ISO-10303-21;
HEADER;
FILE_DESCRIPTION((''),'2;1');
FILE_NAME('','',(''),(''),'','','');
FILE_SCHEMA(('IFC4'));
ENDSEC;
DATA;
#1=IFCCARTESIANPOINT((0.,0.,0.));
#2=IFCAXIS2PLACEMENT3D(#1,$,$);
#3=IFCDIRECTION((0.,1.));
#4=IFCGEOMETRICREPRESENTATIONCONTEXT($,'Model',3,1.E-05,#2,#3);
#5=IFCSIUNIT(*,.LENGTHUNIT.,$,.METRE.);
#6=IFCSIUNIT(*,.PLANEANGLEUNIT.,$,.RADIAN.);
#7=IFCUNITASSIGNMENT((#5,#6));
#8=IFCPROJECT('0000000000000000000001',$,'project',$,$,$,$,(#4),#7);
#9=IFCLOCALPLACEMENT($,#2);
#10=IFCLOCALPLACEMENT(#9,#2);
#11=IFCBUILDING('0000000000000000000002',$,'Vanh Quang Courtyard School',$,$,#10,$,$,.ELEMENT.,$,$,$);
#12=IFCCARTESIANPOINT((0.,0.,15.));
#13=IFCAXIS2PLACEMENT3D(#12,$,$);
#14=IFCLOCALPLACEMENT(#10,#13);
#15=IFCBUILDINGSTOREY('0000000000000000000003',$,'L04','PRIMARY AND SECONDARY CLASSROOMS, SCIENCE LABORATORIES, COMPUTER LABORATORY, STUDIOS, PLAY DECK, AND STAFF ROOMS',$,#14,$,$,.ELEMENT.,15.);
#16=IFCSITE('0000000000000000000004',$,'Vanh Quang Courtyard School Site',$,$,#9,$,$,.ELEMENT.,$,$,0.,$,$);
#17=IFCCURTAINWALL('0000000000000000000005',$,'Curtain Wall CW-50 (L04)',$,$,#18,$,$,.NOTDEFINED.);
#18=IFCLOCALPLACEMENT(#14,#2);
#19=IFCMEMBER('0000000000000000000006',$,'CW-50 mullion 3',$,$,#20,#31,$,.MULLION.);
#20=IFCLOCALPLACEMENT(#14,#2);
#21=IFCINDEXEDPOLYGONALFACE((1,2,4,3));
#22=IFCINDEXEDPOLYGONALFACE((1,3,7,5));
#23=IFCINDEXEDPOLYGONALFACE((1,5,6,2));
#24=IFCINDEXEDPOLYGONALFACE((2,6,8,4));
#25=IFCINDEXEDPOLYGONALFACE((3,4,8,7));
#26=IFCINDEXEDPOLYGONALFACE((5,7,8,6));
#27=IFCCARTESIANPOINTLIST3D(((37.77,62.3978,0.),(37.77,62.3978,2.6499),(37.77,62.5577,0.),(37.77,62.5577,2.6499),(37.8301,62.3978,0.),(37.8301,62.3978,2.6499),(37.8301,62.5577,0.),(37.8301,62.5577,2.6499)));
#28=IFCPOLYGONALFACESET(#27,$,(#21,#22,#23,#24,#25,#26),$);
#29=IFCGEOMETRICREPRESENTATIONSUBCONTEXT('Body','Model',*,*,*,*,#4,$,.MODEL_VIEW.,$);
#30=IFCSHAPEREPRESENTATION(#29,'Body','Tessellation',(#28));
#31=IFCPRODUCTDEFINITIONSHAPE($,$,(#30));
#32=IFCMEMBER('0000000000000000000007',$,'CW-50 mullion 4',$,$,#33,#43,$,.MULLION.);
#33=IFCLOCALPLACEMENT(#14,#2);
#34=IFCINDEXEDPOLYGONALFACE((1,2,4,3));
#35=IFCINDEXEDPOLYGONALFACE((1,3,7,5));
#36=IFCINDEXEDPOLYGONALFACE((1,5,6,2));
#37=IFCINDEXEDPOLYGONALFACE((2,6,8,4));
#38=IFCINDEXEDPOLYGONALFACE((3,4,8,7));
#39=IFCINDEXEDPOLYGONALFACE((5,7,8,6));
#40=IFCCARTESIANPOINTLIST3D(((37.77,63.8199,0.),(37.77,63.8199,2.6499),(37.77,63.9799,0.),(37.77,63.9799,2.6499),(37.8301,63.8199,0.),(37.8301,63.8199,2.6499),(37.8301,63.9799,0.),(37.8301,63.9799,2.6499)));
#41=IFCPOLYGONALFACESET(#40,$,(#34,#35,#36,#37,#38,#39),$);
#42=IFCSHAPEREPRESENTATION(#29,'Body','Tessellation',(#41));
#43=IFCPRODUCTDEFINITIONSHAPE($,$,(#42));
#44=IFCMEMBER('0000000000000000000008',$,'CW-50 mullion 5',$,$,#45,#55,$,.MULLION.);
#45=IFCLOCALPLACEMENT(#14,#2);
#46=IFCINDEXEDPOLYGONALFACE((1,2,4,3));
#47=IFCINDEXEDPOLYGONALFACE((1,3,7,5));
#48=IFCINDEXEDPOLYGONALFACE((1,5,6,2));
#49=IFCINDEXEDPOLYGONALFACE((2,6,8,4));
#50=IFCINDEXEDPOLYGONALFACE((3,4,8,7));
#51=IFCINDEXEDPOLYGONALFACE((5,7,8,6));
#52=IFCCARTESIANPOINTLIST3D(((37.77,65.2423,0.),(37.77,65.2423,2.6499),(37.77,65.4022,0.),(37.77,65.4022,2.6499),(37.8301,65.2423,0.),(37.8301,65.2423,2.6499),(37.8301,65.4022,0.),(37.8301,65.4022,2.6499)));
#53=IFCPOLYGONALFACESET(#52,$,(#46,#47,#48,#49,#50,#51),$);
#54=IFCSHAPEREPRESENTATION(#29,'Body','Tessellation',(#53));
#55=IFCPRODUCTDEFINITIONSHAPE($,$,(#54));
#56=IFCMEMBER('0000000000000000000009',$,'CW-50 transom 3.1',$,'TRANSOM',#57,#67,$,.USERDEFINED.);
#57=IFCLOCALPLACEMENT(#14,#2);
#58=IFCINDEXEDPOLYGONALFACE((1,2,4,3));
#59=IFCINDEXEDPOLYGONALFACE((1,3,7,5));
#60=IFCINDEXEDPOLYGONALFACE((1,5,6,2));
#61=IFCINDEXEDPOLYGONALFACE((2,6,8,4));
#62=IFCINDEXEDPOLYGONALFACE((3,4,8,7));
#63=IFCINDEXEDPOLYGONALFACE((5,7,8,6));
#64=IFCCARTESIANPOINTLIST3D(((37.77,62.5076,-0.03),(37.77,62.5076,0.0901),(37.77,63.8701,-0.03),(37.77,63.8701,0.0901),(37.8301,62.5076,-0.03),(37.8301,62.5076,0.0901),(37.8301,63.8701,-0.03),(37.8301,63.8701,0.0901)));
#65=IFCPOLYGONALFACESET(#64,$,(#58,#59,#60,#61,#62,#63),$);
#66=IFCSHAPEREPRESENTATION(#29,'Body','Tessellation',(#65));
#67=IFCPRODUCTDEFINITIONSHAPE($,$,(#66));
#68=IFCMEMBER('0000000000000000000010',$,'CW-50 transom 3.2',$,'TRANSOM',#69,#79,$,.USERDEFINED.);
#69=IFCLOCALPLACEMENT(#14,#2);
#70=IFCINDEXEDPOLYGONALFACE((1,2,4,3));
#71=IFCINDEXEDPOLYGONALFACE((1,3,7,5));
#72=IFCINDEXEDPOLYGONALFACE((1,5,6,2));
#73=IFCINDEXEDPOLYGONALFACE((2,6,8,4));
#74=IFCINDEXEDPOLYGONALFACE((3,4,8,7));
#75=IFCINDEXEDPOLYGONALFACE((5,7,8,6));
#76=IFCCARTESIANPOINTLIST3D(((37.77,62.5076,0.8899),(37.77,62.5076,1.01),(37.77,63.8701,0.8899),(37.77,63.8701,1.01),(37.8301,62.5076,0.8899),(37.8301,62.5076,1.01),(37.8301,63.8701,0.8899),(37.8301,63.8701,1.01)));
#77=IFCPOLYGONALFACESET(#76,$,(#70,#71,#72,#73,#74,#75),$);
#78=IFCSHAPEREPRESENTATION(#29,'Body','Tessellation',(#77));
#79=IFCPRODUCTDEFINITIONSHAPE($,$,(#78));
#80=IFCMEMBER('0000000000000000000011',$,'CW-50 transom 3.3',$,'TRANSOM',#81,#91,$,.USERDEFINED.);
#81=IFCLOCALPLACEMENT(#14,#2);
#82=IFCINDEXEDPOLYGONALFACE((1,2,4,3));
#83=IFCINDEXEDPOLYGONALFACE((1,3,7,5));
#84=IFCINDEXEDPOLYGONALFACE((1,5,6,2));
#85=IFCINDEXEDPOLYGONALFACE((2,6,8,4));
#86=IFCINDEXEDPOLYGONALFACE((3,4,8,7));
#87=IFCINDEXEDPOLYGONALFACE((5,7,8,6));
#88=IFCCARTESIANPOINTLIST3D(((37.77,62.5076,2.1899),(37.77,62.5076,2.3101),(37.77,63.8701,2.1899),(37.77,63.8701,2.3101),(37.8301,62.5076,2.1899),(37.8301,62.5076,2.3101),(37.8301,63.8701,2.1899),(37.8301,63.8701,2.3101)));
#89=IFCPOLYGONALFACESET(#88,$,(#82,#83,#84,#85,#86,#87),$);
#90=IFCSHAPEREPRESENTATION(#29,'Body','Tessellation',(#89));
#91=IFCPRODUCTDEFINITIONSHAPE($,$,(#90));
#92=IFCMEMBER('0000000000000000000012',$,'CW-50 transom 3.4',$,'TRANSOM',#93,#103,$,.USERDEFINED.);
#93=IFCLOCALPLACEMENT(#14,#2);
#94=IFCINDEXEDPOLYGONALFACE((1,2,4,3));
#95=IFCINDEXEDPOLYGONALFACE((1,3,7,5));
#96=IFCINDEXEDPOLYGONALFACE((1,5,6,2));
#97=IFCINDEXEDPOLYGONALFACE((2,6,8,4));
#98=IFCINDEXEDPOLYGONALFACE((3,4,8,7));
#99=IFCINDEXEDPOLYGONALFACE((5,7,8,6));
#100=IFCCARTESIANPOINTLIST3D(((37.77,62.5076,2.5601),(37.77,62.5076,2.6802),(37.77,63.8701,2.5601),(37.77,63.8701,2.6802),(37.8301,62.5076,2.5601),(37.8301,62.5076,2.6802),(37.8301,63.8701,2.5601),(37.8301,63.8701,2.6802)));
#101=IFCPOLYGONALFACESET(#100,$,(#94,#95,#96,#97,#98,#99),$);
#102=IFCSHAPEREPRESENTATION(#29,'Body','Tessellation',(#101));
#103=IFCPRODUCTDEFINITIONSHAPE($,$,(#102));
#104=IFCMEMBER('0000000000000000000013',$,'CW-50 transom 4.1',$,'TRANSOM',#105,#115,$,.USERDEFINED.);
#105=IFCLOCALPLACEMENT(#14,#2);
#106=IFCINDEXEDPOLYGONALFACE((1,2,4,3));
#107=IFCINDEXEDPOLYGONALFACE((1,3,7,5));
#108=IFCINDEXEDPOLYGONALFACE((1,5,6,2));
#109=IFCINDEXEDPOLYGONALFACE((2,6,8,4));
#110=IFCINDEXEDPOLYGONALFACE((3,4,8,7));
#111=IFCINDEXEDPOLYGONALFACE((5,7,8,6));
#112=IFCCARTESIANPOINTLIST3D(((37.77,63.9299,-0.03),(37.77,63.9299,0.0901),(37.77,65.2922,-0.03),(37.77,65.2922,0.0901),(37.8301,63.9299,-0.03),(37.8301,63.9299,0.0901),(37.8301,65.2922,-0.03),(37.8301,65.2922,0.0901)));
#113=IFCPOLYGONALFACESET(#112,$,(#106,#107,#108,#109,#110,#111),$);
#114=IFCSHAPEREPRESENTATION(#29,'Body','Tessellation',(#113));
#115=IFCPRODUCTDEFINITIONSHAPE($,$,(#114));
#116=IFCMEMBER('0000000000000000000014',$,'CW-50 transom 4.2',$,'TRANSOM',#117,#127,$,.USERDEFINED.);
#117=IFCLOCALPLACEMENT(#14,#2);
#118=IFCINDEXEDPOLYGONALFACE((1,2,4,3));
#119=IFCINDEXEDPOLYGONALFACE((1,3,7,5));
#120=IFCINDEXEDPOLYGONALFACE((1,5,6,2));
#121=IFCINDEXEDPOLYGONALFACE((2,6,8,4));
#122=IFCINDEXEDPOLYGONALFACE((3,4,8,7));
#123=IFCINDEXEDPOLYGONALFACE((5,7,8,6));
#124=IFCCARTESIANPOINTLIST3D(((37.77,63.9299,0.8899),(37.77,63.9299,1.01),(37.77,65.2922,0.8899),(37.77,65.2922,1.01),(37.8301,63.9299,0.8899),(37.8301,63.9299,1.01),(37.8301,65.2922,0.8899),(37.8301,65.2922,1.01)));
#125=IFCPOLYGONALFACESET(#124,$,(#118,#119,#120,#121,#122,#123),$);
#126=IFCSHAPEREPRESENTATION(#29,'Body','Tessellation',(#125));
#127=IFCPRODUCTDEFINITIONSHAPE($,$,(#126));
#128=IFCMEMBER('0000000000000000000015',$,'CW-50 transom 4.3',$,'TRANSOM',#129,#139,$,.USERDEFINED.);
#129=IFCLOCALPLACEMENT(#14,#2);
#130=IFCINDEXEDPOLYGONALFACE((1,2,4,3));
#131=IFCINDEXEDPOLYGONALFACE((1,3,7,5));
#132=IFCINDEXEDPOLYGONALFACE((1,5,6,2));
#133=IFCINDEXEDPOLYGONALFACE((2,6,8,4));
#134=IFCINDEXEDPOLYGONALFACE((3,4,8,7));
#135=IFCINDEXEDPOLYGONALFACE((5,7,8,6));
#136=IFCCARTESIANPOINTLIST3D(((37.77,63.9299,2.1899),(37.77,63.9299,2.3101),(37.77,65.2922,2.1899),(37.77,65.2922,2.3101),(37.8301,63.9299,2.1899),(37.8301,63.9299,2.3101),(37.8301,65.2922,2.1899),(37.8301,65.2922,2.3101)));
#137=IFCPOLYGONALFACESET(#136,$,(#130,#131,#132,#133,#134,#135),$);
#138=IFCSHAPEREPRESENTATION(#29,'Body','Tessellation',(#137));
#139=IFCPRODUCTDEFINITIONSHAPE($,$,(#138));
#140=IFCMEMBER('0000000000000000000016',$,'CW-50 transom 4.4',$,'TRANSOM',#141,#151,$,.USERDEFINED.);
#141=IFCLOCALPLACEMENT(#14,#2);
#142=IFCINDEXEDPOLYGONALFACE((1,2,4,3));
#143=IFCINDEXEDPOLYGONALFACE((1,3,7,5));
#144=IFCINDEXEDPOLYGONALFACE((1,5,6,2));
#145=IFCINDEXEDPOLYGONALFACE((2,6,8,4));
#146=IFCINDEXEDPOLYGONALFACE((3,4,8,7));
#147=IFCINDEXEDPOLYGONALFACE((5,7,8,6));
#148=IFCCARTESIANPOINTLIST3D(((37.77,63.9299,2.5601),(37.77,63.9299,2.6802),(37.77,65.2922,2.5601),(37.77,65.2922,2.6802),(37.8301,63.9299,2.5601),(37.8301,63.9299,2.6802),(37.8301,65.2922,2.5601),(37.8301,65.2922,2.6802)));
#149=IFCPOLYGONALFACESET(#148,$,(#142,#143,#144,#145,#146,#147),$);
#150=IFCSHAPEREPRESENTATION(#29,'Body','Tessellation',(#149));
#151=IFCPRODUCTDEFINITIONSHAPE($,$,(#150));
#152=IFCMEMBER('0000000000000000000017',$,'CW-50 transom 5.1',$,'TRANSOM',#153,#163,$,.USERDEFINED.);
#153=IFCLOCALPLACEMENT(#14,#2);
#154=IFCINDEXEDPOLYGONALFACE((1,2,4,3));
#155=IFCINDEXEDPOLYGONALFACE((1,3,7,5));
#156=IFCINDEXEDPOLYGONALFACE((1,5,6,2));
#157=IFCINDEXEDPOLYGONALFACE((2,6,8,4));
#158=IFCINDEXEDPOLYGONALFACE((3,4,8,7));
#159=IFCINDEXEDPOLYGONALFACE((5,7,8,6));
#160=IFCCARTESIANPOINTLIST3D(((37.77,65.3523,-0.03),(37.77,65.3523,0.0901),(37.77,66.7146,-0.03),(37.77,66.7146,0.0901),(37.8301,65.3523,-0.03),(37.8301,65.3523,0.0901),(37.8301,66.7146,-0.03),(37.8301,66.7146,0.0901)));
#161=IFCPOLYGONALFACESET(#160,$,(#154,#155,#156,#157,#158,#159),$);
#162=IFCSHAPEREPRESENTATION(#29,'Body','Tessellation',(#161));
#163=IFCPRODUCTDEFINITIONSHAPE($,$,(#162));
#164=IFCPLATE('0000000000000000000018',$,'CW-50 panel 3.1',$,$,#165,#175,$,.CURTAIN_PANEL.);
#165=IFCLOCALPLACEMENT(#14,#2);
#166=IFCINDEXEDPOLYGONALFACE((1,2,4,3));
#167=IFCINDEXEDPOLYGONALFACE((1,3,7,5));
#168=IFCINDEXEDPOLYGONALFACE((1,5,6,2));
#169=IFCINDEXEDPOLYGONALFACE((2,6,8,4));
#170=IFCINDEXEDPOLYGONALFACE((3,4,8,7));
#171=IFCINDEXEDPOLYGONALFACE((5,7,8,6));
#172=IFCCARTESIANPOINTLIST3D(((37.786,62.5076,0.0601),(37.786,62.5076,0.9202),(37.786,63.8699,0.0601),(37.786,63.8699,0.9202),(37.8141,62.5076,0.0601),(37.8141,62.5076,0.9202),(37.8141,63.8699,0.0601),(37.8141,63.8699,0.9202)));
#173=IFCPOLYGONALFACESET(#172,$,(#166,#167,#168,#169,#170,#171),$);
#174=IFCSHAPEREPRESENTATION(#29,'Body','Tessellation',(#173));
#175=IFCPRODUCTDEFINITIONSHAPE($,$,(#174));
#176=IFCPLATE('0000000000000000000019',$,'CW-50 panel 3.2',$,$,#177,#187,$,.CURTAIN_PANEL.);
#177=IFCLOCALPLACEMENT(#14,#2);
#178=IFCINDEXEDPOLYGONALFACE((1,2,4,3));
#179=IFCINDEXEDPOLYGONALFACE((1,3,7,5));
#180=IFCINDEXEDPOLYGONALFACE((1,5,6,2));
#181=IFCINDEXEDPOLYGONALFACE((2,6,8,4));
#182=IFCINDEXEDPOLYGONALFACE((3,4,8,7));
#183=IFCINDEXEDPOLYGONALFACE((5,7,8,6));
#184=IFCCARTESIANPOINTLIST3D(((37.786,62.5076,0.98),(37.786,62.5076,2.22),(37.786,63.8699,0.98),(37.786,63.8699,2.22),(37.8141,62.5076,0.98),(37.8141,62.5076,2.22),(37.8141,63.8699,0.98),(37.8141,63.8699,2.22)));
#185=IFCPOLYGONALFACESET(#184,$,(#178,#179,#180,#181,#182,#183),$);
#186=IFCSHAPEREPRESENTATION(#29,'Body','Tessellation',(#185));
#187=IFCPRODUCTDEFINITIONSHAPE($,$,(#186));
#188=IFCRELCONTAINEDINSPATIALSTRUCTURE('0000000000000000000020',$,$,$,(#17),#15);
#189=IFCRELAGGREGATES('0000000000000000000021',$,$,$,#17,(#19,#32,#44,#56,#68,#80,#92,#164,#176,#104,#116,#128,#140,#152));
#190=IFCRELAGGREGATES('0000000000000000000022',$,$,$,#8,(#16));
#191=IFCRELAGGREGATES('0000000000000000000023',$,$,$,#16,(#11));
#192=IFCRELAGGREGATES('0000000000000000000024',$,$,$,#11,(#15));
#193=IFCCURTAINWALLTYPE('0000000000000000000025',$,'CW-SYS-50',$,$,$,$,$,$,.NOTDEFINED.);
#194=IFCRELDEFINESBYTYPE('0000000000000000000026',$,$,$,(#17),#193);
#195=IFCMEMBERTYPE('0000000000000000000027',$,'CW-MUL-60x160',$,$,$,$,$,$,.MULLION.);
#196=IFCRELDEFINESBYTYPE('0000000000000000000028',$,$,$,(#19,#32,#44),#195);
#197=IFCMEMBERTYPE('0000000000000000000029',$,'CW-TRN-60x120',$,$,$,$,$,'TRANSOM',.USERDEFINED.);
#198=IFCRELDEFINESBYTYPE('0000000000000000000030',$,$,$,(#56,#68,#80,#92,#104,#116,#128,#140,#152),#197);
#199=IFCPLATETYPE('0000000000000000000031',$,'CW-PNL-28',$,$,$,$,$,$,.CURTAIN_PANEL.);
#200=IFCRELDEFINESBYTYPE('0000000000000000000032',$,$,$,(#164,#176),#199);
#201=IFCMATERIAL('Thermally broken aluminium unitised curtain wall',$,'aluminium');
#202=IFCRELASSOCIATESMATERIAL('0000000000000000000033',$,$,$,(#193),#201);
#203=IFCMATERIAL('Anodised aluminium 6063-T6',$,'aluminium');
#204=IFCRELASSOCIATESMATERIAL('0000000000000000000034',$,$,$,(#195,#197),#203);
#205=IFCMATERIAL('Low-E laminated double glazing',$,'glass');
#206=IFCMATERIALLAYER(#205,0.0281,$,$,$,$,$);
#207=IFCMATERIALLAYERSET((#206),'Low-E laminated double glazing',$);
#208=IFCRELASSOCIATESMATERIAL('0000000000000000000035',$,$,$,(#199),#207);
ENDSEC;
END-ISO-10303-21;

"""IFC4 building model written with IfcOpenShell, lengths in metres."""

from ifc_helpers import new_model, si_unit, direction, frame, origin, origin_2d, place, context, subcontext, project, spatial, rectangle, extrude, material, layer, layer_set, material_profile, profile_set, type_object, element, aggregate, save


model = new_model("IFC4")

# Units and contexts
model_context = context("Model", 3, precision=1e-05, world=origin(), true_north=direction((0.0, 1.0)))
body_context = subcontext(model_context, "Body", "Model", "MODEL_VIEW")
ifc_project = project(units=[si_unit("LENGTHUNIT", "METRE"), si_unit("PLANEANGLEUNIT", "RADIAN")], contexts=[model_context])

# Site, building, storey
site_placement = place(None, origin())
site = spatial("IfcSite", under=ifc_project, at=site_placement, Name="Vanh Quang Courtyard School Site", CompositionType="ELEMENT", RefElevation=0.0)
building_placement = place(site_placement, origin())
building = spatial("IfcBuilding", under=site, at=building_placement, Name="Vanh Quang Courtyard School", CompositionType="ELEMENT")
storey_placement = place(building_placement, frame((0.0, 0.0, 15.0)))
storey = spatial("IfcBuildingStorey", under=building, at=storey_placement, Name="L04", Description="PRIMARY AND SECONDARY CLASSROOMS, SCIENCE LABORATORIES, COMPUTER LABORATORY, STUDIOS, PLAY DECK, AND STAFF ROOMS", CompositionType="ELEMENT", Elevation=15.0)

# Curtain wall, members, plates
ifc_material_1 = material(Name="Thermally broken aluminium unitised curtain wall", Category="aluminium")
curtain_wall_type = type_object("IfcCurtainWallType", Name="CW-SYS-50", PredefinedType="NOTDEFINED", material=ifc_material_1)
curtain_wall_placement = place(storey_placement, origin())
curtain_wall = element("IfcCurtainWall", 1, at=curtain_wall_placement, inside=storey, type_object=curtain_wall_type, Name="Curtain Wall CW-50 (L04)", PredefinedType="NOTDEFINED")
ifc_material_2 = material(Name="Anodised aluminium 6063-T6", Category="aluminium")
ifc_material_profile_1 = material_profile(ifc_material_2, rectangle(XDim=0.0601, YDim=0.1599, at=origin_2d()), Name="ALU-MUL 60x160")
ifc_profile_set_1 = profile_set([ifc_material_profile_1], Name="Anodised aluminium 6063-T6")
member_type_1 = type_object("IfcMemberType", Name="CW-MUL-60x160", PredefinedType="MULLION", material=ifc_profile_set_1)
member_1_placement = place(storey_placement, frame((37.8, 62.4778, 0.0), z_axis=(0.0, 0.0, 1.0), x_axis=(-1.0, 0.0, 0.0)))
member_1 = element("IfcMember", 2, at=member_1_placement, type_object=member_type_1, Name="CW-50 mullion 3", PredefinedType="MULLION", context=body_context, shape_type="SweptSolid", body=[
    extrude(rectangle(XDim=0.0601, YDim=0.1599, at=origin_2d()), origin(), (0.0, 0.0, 1.0), 2.6499),
])
member_2_placement = place(storey_placement, frame((37.8, 63.8999, 0.0), z_axis=(0.0, 0.0, 1.0), x_axis=(-1.0, 0.0, 0.0)))
member_2 = element("IfcMember", 3, at=member_2_placement, type_object=member_type_1, Name="CW-50 mullion 4", PredefinedType="MULLION", context=body_context, shape_type="SweptSolid", body=[
    extrude(rectangle(XDim=0.0601, YDim=0.1599, at=origin_2d()), origin(), (0.0, 0.0, 1.0), 2.6499),
])
member_3_placement = place(storey_placement, frame((37.8, 65.3223, 0.0), z_axis=(0.0, 0.0, 1.0), x_axis=(-1.0, 0.0, 0.0)))
member_3 = element("IfcMember", 4, at=member_3_placement, type_object=member_type_1, Name="CW-50 mullion 5", PredefinedType="MULLION", context=body_context, shape_type="SweptSolid", body=[
    extrude(rectangle(XDim=0.0601, YDim=0.1599, at=origin_2d()), origin(), (0.0, 0.0, 1.0), 2.6499),
])
ifc_material_profile_2 = material_profile(ifc_material_2, rectangle(XDim=0.0601, YDim=0.1201, at=origin_2d()), Name="ALU-TRN 60x120")
ifc_profile_set_2 = profile_set([ifc_material_profile_2], Name="Anodised aluminium 6063-T6")
member_type_2 = type_object("IfcMemberType", Name="CW-TRN-60x120", ElementType="TRANSOM", PredefinedType="USERDEFINED", material=ifc_profile_set_2)
member_4_placement = place(storey_placement, frame((37.8, 62.5076, 0.03), z_axis=(0.0, 1.0, 0.0), x_axis=(-1.0, 0.0, 0.0)))
member_4 = element("IfcMember", 5, at=member_4_placement, type_object=member_type_2, Name="CW-50 transom 3.1", ObjectType="TRANSOM", PredefinedType="USERDEFINED", context=body_context, shape_type="SweptSolid", body=[
    extrude(rectangle(XDim=0.0601, YDim=0.1201, at=origin_2d()), origin(), (0.0, 0.0, 1.0), 1.3625),
])
member_5_placement = place(storey_placement, frame((37.8, 62.5076, 0.95), z_axis=(0.0, 1.0, 0.0), x_axis=(-1.0, 0.0, 0.0)))
member_5 = element("IfcMember", 6, at=member_5_placement, type_object=member_type_2, Name="CW-50 transom 3.2", ObjectType="TRANSOM", PredefinedType="USERDEFINED", context=body_context, shape_type="SweptSolid", body=[
    extrude(rectangle(XDim=0.0601, YDim=0.1201, at=origin_2d()), origin(), (0.0, 0.0, 1.0), 1.3625),
])
member_6_placement = place(storey_placement, frame((37.8, 62.5076, 2.25), z_axis=(0.0, 1.0, 0.0), x_axis=(-1.0, 0.0, 0.0)))
member_6 = element("IfcMember", 7, at=member_6_placement, type_object=member_type_2, Name="CW-50 transom 3.3", ObjectType="TRANSOM", PredefinedType="USERDEFINED", context=body_context, shape_type="SweptSolid", body=[
    extrude(rectangle(XDim=0.0601, YDim=0.1201, at=origin_2d()), origin(), (0.0, 0.0, 1.0), 1.3625),
])
member_7_placement = place(storey_placement, frame((37.8, 62.5076, 2.6201), z_axis=(0.0, 1.0, 0.0), x_axis=(-1.0, 0.0, 0.0)))
member_7 = element("IfcMember", 8, at=member_7_placement, type_object=member_type_2, Name="CW-50 transom 3.4", ObjectType="TRANSOM", PredefinedType="USERDEFINED", context=body_context, shape_type="SweptSolid", body=[
    extrude(rectangle(XDim=0.0601, YDim=0.1201, at=origin_2d()), origin(), (0.0, 0.0, 1.0), 1.3625),
])
member_8_placement = place(storey_placement, frame((37.8, 63.9299, 0.03), z_axis=(0.0, 1.0, 0.0), x_axis=(-1.0, 0.0, 0.0)))
member_8 = element("IfcMember", 9, at=member_8_placement, type_object=member_type_2, Name="CW-50 transom 4.1", ObjectType="TRANSOM", PredefinedType="USERDEFINED", context=body_context, shape_type="SweptSolid", body=[
    extrude(rectangle(XDim=0.0601, YDim=0.1201, at=origin_2d()), origin(), (0.0, 0.0, 1.0), 1.3623),
])
member_9_placement = place(storey_placement, frame((37.8, 63.9299, 0.95), z_axis=(0.0, 1.0, 0.0), x_axis=(-1.0, 0.0, 0.0)))
member_9 = element("IfcMember", 10, at=member_9_placement, type_object=member_type_2, Name="CW-50 transom 4.2", ObjectType="TRANSOM", PredefinedType="USERDEFINED", context=body_context, shape_type="SweptSolid", body=[
    extrude(rectangle(XDim=0.0601, YDim=0.1201, at=origin_2d()), origin(), (0.0, 0.0, 1.0), 1.3623),
])
member_10_placement = place(storey_placement, frame((37.8, 63.9299, 2.25), z_axis=(0.0, 1.0, 0.0), x_axis=(-1.0, 0.0, 0.0)))
member_10 = element("IfcMember", 11, at=member_10_placement, type_object=member_type_2, Name="CW-50 transom 4.3", ObjectType="TRANSOM", PredefinedType="USERDEFINED", context=body_context, shape_type="SweptSolid", body=[
    extrude(rectangle(XDim=0.0601, YDim=0.1201, at=origin_2d()), origin(), (0.0, 0.0, 1.0), 1.3623),
])
member_11_placement = place(storey_placement, frame((37.8, 63.9299, 2.6201), z_axis=(0.0, 1.0, 0.0), x_axis=(-1.0, 0.0, 0.0)))
member_11 = element("IfcMember", 12, at=member_11_placement, type_object=member_type_2, Name="CW-50 transom 4.4", ObjectType="TRANSOM", PredefinedType="USERDEFINED", context=body_context, shape_type="SweptSolid", body=[
    extrude(rectangle(XDim=0.0601, YDim=0.1201, at=origin_2d()), origin(), (0.0, 0.0, 1.0), 1.3623),
])
member_12_placement = place(storey_placement, frame((37.8, 65.3523, 0.03), z_axis=(0.0, 1.0, 0.0), x_axis=(-1.0, 0.0, 0.0)))
member_12 = element("IfcMember", 13, at=member_12_placement, type_object=member_type_2, Name="CW-50 transom 5.1", ObjectType="TRANSOM", PredefinedType="USERDEFINED", context=body_context, shape_type="SweptSolid", body=[
    extrude(rectangle(XDim=0.0601, YDim=0.1201, at=origin_2d()), origin(), (0.0, 0.0, 1.0), 1.3623),
])
ifc_material_3 = material(Name="Low-E laminated double glazing", Category="glass")
ifc_layer_1 = layer(ifc_material_3, 0.0281)
ifc_layer_set_1 = layer_set([ifc_layer_1], Name="Low-E laminated double glazing")
plate_type = type_object("IfcPlateType", Name="CW-PNL-28", PredefinedType="CURTAIN_PANEL", material=ifc_layer_set_1)
plate_1_placement = place(storey_placement, frame((37.8, 63.1887, 0.0601), z_axis=(0.0, 0.0, 1.0), x_axis=(0.0, 1.0, 0.0)))
plate_1 = element("IfcPlate", 14, at=plate_1_placement, type_object=plate_type, Name="CW-50 panel 3.1", PredefinedType="CURTAIN_PANEL", context=body_context, shape_type="SweptSolid", body=[
    extrude(rectangle(XDim=1.3623, YDim=0.0281, at=origin_2d()), origin(), (0.0, 0.0, 1.0), 0.8601),
])
plate_2_placement = place(storey_placement, frame((37.8, 63.1887, 0.98), z_axis=(0.0, 0.0, 1.0), x_axis=(0.0, 1.0, 0.0)))
plate_2 = element("IfcPlate", 15, at=plate_2_placement, type_object=plate_type, Name="CW-50 panel 3.2", PredefinedType="CURTAIN_PANEL", context=body_context, shape_type="SweptSolid", body=[
    extrude(rectangle(XDim=1.3623, YDim=0.0281, at=origin_2d()), origin(), (0.0, 0.0, 1.0), 1.24),
])
aggregate(curtain_wall, [member_1, member_2, member_3, member_4, member_5, member_6, member_7, plate_1, plate_2, member_8, member_9, member_10, member_11, member_12])

save(model, "model.ifc")
